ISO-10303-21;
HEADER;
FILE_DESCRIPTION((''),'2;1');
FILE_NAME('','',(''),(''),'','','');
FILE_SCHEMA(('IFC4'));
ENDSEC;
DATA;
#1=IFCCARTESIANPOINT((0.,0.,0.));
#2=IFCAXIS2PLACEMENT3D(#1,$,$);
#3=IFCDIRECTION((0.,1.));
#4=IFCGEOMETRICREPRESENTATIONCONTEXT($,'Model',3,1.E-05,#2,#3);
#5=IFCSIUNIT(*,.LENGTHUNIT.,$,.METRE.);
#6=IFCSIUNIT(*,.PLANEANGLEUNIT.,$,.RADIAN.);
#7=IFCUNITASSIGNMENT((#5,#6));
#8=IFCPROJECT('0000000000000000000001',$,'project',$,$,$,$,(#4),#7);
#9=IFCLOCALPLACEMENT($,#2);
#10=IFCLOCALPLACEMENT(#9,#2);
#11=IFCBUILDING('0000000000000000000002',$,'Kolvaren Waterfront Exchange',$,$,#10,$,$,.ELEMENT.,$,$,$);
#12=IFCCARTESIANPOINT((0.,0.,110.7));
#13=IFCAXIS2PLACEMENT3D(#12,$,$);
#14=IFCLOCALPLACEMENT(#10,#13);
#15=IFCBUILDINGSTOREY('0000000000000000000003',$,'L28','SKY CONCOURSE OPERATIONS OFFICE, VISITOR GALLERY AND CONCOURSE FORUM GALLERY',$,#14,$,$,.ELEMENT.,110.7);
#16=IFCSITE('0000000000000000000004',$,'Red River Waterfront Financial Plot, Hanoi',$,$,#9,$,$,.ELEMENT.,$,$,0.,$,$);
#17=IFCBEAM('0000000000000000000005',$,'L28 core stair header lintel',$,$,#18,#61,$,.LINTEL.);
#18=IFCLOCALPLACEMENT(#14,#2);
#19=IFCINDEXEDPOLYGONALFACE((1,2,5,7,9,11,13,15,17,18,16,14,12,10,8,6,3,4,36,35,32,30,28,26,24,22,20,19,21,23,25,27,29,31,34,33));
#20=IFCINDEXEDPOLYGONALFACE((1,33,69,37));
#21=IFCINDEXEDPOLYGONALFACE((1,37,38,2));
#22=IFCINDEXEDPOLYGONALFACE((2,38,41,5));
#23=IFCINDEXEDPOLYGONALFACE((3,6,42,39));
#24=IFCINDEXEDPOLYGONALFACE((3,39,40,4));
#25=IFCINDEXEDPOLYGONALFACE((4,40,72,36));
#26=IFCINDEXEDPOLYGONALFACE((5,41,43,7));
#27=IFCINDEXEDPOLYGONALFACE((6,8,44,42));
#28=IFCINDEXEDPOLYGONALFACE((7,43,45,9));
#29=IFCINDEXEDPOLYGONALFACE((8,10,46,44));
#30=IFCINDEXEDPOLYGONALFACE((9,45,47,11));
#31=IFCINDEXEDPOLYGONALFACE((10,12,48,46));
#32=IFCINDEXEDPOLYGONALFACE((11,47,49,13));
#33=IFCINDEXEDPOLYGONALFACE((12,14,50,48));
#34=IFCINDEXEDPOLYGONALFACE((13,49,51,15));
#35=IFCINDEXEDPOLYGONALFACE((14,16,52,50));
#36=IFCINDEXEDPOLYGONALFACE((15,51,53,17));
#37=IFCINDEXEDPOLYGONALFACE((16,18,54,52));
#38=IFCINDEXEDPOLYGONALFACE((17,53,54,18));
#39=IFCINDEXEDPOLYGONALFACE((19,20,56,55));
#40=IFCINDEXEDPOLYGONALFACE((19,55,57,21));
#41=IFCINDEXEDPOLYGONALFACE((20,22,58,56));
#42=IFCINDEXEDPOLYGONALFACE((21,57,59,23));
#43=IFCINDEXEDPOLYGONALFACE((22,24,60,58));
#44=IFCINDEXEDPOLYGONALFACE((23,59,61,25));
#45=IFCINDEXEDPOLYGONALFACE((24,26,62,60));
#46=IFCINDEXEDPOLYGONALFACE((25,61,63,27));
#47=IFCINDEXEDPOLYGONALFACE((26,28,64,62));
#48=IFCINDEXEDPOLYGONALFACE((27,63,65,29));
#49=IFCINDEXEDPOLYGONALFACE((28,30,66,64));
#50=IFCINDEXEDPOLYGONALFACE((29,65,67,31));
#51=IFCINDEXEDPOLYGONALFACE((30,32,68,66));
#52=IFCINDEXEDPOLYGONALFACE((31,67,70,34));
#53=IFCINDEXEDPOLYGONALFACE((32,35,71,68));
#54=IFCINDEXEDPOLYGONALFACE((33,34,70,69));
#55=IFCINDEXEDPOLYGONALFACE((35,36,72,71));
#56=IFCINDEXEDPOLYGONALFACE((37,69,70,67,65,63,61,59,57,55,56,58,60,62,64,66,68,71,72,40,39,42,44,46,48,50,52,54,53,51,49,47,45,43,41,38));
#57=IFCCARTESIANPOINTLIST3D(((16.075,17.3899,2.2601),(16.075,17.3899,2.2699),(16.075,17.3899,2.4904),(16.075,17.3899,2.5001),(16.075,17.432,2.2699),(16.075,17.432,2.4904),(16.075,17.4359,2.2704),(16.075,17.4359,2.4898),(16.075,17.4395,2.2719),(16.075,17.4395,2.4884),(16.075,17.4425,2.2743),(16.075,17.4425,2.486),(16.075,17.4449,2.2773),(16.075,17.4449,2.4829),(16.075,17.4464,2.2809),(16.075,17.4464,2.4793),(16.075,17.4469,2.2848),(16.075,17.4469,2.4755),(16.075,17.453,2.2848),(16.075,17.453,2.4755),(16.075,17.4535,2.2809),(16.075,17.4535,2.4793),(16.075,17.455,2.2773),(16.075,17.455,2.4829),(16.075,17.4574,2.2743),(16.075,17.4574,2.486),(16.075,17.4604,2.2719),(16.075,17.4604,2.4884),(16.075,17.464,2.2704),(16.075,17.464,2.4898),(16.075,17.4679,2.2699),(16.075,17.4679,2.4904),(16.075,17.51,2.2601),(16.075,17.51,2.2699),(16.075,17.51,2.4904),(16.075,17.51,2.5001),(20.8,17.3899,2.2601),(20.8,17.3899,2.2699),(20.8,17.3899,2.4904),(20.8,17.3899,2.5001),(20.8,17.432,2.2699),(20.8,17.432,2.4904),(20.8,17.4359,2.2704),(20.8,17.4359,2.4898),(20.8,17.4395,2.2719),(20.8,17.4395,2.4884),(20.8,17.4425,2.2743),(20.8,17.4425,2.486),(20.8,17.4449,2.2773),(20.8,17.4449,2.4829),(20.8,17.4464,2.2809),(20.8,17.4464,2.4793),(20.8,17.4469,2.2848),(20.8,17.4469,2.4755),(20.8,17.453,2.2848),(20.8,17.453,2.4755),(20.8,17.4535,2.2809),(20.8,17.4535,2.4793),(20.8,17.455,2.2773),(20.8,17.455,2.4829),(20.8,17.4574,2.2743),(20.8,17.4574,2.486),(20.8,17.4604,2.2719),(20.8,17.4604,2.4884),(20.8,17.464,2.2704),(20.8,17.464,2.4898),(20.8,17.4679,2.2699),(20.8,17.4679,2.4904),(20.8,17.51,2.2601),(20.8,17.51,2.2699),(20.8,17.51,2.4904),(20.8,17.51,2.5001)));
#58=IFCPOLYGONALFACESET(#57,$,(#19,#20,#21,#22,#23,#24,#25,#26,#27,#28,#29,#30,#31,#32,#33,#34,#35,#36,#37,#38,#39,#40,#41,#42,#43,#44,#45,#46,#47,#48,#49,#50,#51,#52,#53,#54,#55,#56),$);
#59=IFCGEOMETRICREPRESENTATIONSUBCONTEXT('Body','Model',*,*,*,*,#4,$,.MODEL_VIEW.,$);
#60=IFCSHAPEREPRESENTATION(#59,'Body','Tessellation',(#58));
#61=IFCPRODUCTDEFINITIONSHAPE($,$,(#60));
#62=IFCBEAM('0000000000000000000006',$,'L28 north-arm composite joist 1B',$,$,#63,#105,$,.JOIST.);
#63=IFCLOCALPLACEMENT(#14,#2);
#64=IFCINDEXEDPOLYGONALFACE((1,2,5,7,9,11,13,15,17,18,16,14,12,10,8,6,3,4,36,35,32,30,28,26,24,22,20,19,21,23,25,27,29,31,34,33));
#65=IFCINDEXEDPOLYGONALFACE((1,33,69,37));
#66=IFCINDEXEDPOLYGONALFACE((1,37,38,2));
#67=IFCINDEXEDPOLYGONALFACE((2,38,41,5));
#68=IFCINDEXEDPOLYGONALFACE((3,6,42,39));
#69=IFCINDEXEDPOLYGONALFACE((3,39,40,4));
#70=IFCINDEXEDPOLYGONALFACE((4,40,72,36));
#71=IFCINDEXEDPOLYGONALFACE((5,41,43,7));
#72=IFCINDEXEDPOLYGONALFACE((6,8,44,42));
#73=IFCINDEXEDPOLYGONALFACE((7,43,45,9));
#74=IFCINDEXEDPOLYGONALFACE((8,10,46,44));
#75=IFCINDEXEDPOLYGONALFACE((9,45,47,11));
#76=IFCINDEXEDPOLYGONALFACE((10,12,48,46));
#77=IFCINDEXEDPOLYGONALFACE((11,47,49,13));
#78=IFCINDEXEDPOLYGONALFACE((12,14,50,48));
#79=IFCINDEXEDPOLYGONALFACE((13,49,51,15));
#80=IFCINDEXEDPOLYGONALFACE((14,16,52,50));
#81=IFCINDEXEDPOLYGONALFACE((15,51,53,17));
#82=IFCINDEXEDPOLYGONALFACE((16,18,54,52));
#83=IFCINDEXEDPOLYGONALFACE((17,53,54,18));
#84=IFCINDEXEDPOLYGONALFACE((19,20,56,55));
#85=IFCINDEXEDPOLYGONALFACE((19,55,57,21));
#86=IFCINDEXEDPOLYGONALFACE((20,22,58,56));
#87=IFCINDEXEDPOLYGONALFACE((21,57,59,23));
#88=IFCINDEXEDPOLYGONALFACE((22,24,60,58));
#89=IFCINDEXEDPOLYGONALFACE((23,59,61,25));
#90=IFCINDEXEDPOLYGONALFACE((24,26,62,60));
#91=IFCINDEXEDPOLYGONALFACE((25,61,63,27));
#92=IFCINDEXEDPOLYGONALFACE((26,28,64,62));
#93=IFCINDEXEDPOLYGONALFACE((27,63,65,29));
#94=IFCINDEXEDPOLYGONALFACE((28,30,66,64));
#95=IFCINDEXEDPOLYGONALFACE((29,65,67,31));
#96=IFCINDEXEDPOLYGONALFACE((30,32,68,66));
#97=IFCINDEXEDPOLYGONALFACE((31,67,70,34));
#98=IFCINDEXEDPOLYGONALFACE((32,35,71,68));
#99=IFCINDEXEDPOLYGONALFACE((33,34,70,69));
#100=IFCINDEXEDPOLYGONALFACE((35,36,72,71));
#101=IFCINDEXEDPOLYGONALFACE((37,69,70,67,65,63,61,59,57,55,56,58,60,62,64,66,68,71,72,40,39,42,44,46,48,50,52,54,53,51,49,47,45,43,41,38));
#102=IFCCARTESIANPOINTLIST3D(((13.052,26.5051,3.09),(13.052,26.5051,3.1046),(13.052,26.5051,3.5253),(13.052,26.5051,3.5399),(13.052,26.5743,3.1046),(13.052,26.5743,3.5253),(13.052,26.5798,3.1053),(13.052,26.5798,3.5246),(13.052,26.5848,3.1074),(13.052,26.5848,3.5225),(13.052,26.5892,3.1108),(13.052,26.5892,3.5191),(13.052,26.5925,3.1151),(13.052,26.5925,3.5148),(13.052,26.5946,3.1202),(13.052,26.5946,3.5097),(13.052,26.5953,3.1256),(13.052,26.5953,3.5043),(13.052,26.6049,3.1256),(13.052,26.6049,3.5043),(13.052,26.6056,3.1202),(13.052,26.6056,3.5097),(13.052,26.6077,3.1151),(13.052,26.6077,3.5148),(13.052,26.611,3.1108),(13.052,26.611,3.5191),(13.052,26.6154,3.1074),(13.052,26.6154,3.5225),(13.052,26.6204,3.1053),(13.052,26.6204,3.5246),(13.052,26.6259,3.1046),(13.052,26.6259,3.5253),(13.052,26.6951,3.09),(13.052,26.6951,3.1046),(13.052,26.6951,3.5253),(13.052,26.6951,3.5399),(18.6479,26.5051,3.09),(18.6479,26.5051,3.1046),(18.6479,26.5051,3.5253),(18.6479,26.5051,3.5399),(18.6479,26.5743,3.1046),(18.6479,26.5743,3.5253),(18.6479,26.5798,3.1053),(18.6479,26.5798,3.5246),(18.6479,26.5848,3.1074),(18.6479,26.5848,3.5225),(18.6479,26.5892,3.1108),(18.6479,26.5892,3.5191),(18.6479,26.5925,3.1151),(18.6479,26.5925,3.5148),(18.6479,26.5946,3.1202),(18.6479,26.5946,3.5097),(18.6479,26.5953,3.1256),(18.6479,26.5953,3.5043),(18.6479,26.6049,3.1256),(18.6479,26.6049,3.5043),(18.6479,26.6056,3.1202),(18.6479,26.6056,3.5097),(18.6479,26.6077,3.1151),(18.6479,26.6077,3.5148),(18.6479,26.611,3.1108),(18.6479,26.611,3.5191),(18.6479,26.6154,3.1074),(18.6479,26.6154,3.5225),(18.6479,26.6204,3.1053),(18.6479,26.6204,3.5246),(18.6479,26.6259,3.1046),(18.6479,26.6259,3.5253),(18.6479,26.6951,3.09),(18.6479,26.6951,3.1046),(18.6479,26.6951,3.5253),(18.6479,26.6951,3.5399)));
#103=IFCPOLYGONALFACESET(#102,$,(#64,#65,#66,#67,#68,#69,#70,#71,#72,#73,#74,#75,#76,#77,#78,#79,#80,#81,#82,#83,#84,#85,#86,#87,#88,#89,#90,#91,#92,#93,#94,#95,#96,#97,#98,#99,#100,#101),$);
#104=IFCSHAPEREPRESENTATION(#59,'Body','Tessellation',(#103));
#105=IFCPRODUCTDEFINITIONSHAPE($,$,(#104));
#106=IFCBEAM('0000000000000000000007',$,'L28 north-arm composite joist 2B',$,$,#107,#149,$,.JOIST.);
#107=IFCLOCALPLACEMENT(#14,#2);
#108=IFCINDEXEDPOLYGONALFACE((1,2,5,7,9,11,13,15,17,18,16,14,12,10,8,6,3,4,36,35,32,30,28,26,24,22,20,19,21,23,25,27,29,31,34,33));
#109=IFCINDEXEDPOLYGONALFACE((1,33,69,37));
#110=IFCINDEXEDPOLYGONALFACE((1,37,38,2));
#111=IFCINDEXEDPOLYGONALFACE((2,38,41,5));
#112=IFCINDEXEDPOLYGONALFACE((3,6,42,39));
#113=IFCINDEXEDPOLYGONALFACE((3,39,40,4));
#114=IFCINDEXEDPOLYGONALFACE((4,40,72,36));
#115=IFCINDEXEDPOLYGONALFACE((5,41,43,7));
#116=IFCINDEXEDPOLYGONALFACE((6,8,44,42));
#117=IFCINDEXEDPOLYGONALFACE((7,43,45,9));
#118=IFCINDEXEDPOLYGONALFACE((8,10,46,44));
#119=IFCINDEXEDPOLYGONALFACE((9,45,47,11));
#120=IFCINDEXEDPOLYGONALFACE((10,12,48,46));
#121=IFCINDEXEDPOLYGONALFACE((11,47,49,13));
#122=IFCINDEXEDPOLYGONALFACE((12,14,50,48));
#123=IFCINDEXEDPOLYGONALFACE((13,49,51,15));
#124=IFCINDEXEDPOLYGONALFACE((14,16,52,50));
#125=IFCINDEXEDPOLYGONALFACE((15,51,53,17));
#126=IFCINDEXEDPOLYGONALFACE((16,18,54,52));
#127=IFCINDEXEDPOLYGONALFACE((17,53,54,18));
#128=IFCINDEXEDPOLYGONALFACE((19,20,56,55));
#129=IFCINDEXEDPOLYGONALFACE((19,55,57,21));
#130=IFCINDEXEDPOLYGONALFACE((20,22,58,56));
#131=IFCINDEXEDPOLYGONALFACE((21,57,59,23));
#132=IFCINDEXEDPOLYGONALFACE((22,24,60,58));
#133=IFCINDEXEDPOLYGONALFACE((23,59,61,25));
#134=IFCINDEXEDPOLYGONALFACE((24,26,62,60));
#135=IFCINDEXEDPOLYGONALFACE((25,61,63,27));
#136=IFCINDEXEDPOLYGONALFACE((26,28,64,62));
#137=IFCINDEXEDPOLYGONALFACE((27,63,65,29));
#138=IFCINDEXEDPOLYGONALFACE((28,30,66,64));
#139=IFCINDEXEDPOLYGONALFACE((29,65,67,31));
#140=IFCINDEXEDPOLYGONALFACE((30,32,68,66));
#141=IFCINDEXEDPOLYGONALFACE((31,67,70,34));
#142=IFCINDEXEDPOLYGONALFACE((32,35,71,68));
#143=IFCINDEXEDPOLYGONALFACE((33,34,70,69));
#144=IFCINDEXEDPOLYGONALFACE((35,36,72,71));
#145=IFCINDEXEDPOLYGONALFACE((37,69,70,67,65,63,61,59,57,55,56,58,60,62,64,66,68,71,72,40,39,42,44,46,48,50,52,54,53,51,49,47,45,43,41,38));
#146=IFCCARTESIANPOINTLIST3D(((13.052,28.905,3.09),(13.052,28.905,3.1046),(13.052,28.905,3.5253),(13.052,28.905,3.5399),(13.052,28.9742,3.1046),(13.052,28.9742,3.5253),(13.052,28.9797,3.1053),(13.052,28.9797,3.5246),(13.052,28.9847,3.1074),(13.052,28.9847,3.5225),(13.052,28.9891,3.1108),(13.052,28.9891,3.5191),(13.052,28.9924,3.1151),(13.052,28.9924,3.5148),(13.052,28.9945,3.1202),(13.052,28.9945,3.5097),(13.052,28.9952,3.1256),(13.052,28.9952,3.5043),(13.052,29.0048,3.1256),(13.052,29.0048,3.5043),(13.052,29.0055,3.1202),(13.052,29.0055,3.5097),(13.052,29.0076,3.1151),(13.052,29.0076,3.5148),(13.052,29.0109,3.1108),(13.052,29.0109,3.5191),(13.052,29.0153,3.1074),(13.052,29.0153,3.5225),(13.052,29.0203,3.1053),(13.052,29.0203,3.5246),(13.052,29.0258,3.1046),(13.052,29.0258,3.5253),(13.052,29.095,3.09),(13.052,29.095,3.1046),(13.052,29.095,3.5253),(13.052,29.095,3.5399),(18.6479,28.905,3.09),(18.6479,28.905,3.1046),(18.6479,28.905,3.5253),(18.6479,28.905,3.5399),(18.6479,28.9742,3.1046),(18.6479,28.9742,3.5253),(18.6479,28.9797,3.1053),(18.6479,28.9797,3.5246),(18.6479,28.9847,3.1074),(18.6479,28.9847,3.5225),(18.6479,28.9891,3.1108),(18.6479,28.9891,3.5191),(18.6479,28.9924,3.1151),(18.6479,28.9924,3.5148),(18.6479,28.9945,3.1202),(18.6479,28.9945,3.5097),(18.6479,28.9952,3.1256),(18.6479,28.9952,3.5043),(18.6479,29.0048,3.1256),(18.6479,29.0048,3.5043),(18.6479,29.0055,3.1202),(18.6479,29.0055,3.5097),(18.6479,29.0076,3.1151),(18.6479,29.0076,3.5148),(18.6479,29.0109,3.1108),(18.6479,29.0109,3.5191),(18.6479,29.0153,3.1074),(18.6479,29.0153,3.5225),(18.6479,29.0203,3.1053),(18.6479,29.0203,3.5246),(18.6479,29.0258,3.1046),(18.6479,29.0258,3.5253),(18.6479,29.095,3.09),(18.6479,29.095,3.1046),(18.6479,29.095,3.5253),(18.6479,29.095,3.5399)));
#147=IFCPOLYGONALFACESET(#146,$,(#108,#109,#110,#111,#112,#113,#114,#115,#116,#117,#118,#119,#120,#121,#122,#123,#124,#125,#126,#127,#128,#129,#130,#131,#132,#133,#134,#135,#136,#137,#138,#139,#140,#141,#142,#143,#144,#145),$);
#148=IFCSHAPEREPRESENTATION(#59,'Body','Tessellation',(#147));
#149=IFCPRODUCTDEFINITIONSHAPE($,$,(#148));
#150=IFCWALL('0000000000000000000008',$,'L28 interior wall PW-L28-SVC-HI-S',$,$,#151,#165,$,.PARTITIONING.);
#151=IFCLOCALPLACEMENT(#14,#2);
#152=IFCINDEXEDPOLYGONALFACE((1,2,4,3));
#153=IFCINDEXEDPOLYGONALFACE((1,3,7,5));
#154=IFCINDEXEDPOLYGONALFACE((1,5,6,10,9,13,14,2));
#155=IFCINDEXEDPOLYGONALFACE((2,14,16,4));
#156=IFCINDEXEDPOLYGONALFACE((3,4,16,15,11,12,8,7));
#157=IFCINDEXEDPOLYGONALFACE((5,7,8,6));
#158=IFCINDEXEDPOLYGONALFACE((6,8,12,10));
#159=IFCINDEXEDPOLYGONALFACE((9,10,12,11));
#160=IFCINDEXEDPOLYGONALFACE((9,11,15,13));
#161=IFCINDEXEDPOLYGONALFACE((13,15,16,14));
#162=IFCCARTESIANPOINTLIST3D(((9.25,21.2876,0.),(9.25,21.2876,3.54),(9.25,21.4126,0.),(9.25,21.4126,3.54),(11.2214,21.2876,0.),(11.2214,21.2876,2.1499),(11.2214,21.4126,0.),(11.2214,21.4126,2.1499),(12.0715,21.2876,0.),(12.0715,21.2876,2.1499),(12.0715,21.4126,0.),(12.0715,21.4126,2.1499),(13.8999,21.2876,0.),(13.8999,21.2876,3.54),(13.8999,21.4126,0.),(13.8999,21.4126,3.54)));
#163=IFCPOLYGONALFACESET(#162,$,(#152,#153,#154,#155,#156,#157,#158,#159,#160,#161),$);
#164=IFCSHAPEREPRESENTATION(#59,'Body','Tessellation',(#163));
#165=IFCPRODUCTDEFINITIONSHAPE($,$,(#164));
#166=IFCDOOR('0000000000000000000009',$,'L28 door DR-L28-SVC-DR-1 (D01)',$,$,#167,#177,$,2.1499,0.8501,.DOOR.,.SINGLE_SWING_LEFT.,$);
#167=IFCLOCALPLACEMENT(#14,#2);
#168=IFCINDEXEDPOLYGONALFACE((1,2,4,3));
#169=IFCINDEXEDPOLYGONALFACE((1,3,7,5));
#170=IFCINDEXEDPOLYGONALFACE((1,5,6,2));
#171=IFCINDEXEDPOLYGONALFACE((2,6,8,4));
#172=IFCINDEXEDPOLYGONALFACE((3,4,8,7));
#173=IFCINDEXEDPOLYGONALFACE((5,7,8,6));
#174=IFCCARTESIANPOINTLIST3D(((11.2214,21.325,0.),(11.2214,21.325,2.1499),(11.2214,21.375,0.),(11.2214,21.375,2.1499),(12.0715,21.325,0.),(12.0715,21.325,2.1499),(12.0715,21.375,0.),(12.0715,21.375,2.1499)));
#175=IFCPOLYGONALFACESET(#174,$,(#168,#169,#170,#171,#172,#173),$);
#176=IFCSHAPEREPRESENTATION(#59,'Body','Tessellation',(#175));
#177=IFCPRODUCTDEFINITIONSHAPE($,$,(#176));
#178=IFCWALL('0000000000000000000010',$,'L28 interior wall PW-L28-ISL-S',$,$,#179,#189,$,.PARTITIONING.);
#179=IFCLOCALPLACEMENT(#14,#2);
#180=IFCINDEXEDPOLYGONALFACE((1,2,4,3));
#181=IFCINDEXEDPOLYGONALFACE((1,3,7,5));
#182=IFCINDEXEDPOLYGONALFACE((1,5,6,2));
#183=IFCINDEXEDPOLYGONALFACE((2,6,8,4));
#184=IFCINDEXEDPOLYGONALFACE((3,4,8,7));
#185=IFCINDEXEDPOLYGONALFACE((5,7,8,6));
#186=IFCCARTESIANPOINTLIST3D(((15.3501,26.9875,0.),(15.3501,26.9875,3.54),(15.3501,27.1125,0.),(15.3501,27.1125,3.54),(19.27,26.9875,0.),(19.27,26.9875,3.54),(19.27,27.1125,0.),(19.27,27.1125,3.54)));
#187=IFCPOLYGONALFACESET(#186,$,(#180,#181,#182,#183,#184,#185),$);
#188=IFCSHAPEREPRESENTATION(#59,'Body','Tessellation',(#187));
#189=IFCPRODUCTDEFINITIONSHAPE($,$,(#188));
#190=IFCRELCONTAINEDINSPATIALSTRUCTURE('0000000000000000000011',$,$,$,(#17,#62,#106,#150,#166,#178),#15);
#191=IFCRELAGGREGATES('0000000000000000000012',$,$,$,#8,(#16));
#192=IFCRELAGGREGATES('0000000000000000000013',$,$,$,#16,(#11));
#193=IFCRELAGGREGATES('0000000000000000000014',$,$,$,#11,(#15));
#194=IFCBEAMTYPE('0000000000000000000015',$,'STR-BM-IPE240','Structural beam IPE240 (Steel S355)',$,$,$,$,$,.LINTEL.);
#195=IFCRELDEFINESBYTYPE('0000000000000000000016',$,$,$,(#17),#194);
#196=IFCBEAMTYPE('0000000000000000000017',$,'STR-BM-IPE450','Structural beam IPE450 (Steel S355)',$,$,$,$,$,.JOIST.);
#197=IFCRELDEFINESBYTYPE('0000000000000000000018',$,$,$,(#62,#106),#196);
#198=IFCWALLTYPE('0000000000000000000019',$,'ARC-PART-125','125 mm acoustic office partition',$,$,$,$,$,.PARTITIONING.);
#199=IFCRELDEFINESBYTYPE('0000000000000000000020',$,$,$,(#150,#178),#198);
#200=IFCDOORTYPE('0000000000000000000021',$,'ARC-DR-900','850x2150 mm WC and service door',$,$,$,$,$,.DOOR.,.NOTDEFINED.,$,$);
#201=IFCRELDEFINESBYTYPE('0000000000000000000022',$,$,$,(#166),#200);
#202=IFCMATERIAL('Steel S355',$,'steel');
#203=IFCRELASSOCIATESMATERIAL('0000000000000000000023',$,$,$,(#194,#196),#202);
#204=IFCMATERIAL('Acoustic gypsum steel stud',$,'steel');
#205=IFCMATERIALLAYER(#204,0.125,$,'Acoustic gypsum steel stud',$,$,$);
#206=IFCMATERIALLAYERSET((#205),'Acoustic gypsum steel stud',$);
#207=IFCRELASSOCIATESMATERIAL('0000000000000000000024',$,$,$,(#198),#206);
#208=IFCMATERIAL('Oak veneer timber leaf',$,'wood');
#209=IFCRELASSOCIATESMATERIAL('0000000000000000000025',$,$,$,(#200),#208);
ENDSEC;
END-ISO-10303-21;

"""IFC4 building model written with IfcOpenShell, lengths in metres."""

from ifc_helpers import new_model, si_unit, direction, frame, frame_2d, origin, origin_2d, place, context, subcontext, project, spatial, rectangle, i_section, extrude, material, layer, layer_set, material_profile, profile_set, type_object, element, fill, save


model = new_model("IFC4")

# Units and contexts
model_context = context("Model", 3, precision=1e-05, world=origin(), true_north=direction((0.0, 1.0)))
body_context = subcontext(model_context, "Body", "Model", "MODEL_VIEW")
ifc_project = project(units=[si_unit("LENGTHUNIT", "METRE"), si_unit("PLANEANGLEUNIT", "RADIAN")], contexts=[model_context])

# Site, building, storey
site_placement = place(None, origin())
site = spatial("IfcSite", under=ifc_project, at=site_placement, Name="Red River Waterfront Financial Plot, Hanoi", CompositionType="ELEMENT", RefElevation=0.0)
building_placement = place(site_placement, origin())
building = spatial("IfcBuilding", under=site, at=building_placement, Name="Kolvaren Waterfront Exchange", CompositionType="ELEMENT")
storey_placement = place(building_placement, frame((0.0, 0.0, 110.7)))
storey = spatial("IfcBuildingStorey", under=building, at=storey_placement, Name="L28", Description="SKY CONCOURSE OPERATIONS OFFICE, VISITOR GALLERY AND CONCOURSE FORUM GALLERY", CompositionType="ELEMENT", Elevation=110.7)

# Beams
ifc_material_1 = material(Name="Steel S355", Category="steel")
ifc_material_profile_1 = material_profile(ifc_material_1, i_section(OverallWidth=0.1201, OverallDepth=0.24, WebThickness=0.0061, FlangeThickness=0.0098, FilletRadius=0.0149, at=origin_2d()), Name="IPE240")
ifc_profile_set_1 = profile_set([ifc_material_profile_1], Name="Steel S355")
beam_type_1 = type_object("IfcBeamType", Name="STR-BM-IPE240", Description="Structural beam IPE240 (Steel S355)", PredefinedType="LINTEL", material=ifc_profile_set_1)
beam_1_placement = place(storey_placement, frame((16.075, 17.45, 2.3801), z_axis=(1.0, 0.0, 0.0), x_axis=(0.0, 1.0, 0.0)))
element("IfcBeam", 1, at=beam_1_placement, inside=storey, type_object=beam_type_1, Name="L28 core stair header lintel", PredefinedType="LINTEL", context=body_context, shape_type="SweptSolid", body=[
    extrude(i_section(OverallWidth=0.1201, OverallDepth=0.24, WebThickness=0.0061, FlangeThickness=0.0098, FilletRadius=0.0149, at=origin_2d()), origin(), (0.0, 0.0, 1.0), 4.7251),
])
ifc_material_profile_2 = material_profile(ifc_material_1, i_section(OverallWidth=0.1899, OverallDepth=0.45, WebThickness=0.0095, FlangeThickness=0.0146, FilletRadius=0.021, at=origin_2d()), Name="IPE450")
ifc_profile_set_2 = profile_set([ifc_material_profile_2], Name="Steel S355")
beam_type_2 = type_object("IfcBeamType", Name="STR-BM-IPE450", Description="Structural beam IPE450 (Steel S355)", PredefinedType="JOIST", material=ifc_profile_set_2)
for number, where, z_axis, x_axis, name in (
    (2, (13.052, 26.6001, 3.3149), (1.0, 0.0, 0.0), (0.0, 1.0, 0.0), "L28 north-arm composite joist 1B"),
    (3, (13.052, 29.0, 3.3149), (1.0, 0.0, 0.0), (0.0, 1.0, 0.0), "L28 north-arm composite joist 2B"),
):
    element("IfcBeam", number, at=place(storey_placement, frame(where, z_axis=z_axis, x_axis=x_axis)), inside=storey, type_object=beam_type_2, Name=name, PredefinedType="JOIST", context=body_context, shape_type="SweptSolid", body=[
        extrude(i_section(OverallWidth=0.1899, OverallDepth=0.45, WebThickness=0.0095, FlangeThickness=0.0146, FilletRadius=0.021, at=origin_2d()), origin(), (0.0, 0.0, 1.0), 5.5959),
    ])

# Wall, opening, door
ifc_material_2 = material(Name="Acoustic gypsum steel stud", Category="steel")
ifc_layer_1 = layer(ifc_material_2, 0.125, Name="Acoustic gypsum steel stud")
ifc_layer_set_1 = layer_set([ifc_layer_1], Name="Acoustic gypsum steel stud")
wall_type_1 = type_object("IfcWallType", Name="ARC-PART-125", Description="125 mm acoustic office partition", PredefinedType="PARTITIONING", material=ifc_layer_set_1)
wall_1_placement = place(storey_placement, frame((9.25, 21.3501, 0.0), z_axis=(0.0, 0.0, 1.0), x_axis=(1.0, 0.0, 0.0)))
wall_1 = element("IfcWall", 4, at=wall_1_placement, inside=storey, type_object=wall_type_1, Name="L28 interior wall PW-L28-SVC-HI-S", PredefinedType="PARTITIONING", context=body_context, shape_type="SweptSolid", body=[
    extrude(rectangle(XDim=4.6499, YDim=0.125, at=frame_2d((2.325, 0.0))), origin(), (0.0, 0.0, 1.0), 3.54),
])
opening_1_placement = place(wall_1_placement, frame((1.9714, 0.0, 0.0)))
opening_1 = element("IfcOpeningElement", 5, at=opening_1_placement, cuts=wall_1, PredefinedType="OPENING", context=body_context, shape_type="SweptSolid", body=[
    extrude(rectangle(XDim=0.8501, YDim=2.1499, at=frame_2d((0.425, 1.075))), frame((0.0, 0.0725, 0.0), z_axis=(0.0, -1.0, 0.0), x_axis=(1.0, 0.0, 0.0)), (0.0, 0.0, 1.0), 0.145),
])
ifc_material_3 = material(Name="Oak veneer timber leaf", Category="wood")
door_type_1 = type_object("IfcDoorType", Name="ARC-DR-900", Description="850x2150 mm WC and service door", OperationType="NOTDEFINED", PredefinedType="DOOR", material=ifc_material_3)
door_1_placement = place(opening_1_placement, origin())
door_1 = element("IfcDoor", 6, at=door_1_placement, inside=storey, type_object=door_type_1, Name="L28 door DR-L28-SVC-DR-1 (D01)", OperationType="SINGLE_SWING_LEFT", OverallHeight=2.1499, OverallWidth=0.8501, PredefinedType="DOOR", context=body_context, shape_type="SweptSolid", body=[
    extrude(rectangle(XDim=0.8501, YDim=2.1499, at=frame_2d((0.425, 1.075))), frame((0.0, 0.0249, 0.0), z_axis=(0.0, -1.0, 0.0), x_axis=(1.0, 0.0, 0.0)), (0.0, 0.0, 1.0), 0.05),
])
fill(opening_1, door_1)

# Wall
wall_2_placement = place(storey_placement, frame((15.3501, 27.05, 0.0), z_axis=(0.0, 0.0, 1.0), x_axis=(1.0, 0.0, 0.0)))
element("IfcWall", 7, at=wall_2_placement, inside=storey, type_object=wall_type_1, Name="L28 interior wall PW-L28-ISL-S", PredefinedType="PARTITIONING", context=body_context, shape_type="SweptSolid", body=[
    extrude(rectangle(XDim=3.9199, YDim=0.125, at=frame_2d((1.96, 0.0))), origin(), (0.0, 0.0, 1.0), 3.54),
])

save(model, "model.ifc")
